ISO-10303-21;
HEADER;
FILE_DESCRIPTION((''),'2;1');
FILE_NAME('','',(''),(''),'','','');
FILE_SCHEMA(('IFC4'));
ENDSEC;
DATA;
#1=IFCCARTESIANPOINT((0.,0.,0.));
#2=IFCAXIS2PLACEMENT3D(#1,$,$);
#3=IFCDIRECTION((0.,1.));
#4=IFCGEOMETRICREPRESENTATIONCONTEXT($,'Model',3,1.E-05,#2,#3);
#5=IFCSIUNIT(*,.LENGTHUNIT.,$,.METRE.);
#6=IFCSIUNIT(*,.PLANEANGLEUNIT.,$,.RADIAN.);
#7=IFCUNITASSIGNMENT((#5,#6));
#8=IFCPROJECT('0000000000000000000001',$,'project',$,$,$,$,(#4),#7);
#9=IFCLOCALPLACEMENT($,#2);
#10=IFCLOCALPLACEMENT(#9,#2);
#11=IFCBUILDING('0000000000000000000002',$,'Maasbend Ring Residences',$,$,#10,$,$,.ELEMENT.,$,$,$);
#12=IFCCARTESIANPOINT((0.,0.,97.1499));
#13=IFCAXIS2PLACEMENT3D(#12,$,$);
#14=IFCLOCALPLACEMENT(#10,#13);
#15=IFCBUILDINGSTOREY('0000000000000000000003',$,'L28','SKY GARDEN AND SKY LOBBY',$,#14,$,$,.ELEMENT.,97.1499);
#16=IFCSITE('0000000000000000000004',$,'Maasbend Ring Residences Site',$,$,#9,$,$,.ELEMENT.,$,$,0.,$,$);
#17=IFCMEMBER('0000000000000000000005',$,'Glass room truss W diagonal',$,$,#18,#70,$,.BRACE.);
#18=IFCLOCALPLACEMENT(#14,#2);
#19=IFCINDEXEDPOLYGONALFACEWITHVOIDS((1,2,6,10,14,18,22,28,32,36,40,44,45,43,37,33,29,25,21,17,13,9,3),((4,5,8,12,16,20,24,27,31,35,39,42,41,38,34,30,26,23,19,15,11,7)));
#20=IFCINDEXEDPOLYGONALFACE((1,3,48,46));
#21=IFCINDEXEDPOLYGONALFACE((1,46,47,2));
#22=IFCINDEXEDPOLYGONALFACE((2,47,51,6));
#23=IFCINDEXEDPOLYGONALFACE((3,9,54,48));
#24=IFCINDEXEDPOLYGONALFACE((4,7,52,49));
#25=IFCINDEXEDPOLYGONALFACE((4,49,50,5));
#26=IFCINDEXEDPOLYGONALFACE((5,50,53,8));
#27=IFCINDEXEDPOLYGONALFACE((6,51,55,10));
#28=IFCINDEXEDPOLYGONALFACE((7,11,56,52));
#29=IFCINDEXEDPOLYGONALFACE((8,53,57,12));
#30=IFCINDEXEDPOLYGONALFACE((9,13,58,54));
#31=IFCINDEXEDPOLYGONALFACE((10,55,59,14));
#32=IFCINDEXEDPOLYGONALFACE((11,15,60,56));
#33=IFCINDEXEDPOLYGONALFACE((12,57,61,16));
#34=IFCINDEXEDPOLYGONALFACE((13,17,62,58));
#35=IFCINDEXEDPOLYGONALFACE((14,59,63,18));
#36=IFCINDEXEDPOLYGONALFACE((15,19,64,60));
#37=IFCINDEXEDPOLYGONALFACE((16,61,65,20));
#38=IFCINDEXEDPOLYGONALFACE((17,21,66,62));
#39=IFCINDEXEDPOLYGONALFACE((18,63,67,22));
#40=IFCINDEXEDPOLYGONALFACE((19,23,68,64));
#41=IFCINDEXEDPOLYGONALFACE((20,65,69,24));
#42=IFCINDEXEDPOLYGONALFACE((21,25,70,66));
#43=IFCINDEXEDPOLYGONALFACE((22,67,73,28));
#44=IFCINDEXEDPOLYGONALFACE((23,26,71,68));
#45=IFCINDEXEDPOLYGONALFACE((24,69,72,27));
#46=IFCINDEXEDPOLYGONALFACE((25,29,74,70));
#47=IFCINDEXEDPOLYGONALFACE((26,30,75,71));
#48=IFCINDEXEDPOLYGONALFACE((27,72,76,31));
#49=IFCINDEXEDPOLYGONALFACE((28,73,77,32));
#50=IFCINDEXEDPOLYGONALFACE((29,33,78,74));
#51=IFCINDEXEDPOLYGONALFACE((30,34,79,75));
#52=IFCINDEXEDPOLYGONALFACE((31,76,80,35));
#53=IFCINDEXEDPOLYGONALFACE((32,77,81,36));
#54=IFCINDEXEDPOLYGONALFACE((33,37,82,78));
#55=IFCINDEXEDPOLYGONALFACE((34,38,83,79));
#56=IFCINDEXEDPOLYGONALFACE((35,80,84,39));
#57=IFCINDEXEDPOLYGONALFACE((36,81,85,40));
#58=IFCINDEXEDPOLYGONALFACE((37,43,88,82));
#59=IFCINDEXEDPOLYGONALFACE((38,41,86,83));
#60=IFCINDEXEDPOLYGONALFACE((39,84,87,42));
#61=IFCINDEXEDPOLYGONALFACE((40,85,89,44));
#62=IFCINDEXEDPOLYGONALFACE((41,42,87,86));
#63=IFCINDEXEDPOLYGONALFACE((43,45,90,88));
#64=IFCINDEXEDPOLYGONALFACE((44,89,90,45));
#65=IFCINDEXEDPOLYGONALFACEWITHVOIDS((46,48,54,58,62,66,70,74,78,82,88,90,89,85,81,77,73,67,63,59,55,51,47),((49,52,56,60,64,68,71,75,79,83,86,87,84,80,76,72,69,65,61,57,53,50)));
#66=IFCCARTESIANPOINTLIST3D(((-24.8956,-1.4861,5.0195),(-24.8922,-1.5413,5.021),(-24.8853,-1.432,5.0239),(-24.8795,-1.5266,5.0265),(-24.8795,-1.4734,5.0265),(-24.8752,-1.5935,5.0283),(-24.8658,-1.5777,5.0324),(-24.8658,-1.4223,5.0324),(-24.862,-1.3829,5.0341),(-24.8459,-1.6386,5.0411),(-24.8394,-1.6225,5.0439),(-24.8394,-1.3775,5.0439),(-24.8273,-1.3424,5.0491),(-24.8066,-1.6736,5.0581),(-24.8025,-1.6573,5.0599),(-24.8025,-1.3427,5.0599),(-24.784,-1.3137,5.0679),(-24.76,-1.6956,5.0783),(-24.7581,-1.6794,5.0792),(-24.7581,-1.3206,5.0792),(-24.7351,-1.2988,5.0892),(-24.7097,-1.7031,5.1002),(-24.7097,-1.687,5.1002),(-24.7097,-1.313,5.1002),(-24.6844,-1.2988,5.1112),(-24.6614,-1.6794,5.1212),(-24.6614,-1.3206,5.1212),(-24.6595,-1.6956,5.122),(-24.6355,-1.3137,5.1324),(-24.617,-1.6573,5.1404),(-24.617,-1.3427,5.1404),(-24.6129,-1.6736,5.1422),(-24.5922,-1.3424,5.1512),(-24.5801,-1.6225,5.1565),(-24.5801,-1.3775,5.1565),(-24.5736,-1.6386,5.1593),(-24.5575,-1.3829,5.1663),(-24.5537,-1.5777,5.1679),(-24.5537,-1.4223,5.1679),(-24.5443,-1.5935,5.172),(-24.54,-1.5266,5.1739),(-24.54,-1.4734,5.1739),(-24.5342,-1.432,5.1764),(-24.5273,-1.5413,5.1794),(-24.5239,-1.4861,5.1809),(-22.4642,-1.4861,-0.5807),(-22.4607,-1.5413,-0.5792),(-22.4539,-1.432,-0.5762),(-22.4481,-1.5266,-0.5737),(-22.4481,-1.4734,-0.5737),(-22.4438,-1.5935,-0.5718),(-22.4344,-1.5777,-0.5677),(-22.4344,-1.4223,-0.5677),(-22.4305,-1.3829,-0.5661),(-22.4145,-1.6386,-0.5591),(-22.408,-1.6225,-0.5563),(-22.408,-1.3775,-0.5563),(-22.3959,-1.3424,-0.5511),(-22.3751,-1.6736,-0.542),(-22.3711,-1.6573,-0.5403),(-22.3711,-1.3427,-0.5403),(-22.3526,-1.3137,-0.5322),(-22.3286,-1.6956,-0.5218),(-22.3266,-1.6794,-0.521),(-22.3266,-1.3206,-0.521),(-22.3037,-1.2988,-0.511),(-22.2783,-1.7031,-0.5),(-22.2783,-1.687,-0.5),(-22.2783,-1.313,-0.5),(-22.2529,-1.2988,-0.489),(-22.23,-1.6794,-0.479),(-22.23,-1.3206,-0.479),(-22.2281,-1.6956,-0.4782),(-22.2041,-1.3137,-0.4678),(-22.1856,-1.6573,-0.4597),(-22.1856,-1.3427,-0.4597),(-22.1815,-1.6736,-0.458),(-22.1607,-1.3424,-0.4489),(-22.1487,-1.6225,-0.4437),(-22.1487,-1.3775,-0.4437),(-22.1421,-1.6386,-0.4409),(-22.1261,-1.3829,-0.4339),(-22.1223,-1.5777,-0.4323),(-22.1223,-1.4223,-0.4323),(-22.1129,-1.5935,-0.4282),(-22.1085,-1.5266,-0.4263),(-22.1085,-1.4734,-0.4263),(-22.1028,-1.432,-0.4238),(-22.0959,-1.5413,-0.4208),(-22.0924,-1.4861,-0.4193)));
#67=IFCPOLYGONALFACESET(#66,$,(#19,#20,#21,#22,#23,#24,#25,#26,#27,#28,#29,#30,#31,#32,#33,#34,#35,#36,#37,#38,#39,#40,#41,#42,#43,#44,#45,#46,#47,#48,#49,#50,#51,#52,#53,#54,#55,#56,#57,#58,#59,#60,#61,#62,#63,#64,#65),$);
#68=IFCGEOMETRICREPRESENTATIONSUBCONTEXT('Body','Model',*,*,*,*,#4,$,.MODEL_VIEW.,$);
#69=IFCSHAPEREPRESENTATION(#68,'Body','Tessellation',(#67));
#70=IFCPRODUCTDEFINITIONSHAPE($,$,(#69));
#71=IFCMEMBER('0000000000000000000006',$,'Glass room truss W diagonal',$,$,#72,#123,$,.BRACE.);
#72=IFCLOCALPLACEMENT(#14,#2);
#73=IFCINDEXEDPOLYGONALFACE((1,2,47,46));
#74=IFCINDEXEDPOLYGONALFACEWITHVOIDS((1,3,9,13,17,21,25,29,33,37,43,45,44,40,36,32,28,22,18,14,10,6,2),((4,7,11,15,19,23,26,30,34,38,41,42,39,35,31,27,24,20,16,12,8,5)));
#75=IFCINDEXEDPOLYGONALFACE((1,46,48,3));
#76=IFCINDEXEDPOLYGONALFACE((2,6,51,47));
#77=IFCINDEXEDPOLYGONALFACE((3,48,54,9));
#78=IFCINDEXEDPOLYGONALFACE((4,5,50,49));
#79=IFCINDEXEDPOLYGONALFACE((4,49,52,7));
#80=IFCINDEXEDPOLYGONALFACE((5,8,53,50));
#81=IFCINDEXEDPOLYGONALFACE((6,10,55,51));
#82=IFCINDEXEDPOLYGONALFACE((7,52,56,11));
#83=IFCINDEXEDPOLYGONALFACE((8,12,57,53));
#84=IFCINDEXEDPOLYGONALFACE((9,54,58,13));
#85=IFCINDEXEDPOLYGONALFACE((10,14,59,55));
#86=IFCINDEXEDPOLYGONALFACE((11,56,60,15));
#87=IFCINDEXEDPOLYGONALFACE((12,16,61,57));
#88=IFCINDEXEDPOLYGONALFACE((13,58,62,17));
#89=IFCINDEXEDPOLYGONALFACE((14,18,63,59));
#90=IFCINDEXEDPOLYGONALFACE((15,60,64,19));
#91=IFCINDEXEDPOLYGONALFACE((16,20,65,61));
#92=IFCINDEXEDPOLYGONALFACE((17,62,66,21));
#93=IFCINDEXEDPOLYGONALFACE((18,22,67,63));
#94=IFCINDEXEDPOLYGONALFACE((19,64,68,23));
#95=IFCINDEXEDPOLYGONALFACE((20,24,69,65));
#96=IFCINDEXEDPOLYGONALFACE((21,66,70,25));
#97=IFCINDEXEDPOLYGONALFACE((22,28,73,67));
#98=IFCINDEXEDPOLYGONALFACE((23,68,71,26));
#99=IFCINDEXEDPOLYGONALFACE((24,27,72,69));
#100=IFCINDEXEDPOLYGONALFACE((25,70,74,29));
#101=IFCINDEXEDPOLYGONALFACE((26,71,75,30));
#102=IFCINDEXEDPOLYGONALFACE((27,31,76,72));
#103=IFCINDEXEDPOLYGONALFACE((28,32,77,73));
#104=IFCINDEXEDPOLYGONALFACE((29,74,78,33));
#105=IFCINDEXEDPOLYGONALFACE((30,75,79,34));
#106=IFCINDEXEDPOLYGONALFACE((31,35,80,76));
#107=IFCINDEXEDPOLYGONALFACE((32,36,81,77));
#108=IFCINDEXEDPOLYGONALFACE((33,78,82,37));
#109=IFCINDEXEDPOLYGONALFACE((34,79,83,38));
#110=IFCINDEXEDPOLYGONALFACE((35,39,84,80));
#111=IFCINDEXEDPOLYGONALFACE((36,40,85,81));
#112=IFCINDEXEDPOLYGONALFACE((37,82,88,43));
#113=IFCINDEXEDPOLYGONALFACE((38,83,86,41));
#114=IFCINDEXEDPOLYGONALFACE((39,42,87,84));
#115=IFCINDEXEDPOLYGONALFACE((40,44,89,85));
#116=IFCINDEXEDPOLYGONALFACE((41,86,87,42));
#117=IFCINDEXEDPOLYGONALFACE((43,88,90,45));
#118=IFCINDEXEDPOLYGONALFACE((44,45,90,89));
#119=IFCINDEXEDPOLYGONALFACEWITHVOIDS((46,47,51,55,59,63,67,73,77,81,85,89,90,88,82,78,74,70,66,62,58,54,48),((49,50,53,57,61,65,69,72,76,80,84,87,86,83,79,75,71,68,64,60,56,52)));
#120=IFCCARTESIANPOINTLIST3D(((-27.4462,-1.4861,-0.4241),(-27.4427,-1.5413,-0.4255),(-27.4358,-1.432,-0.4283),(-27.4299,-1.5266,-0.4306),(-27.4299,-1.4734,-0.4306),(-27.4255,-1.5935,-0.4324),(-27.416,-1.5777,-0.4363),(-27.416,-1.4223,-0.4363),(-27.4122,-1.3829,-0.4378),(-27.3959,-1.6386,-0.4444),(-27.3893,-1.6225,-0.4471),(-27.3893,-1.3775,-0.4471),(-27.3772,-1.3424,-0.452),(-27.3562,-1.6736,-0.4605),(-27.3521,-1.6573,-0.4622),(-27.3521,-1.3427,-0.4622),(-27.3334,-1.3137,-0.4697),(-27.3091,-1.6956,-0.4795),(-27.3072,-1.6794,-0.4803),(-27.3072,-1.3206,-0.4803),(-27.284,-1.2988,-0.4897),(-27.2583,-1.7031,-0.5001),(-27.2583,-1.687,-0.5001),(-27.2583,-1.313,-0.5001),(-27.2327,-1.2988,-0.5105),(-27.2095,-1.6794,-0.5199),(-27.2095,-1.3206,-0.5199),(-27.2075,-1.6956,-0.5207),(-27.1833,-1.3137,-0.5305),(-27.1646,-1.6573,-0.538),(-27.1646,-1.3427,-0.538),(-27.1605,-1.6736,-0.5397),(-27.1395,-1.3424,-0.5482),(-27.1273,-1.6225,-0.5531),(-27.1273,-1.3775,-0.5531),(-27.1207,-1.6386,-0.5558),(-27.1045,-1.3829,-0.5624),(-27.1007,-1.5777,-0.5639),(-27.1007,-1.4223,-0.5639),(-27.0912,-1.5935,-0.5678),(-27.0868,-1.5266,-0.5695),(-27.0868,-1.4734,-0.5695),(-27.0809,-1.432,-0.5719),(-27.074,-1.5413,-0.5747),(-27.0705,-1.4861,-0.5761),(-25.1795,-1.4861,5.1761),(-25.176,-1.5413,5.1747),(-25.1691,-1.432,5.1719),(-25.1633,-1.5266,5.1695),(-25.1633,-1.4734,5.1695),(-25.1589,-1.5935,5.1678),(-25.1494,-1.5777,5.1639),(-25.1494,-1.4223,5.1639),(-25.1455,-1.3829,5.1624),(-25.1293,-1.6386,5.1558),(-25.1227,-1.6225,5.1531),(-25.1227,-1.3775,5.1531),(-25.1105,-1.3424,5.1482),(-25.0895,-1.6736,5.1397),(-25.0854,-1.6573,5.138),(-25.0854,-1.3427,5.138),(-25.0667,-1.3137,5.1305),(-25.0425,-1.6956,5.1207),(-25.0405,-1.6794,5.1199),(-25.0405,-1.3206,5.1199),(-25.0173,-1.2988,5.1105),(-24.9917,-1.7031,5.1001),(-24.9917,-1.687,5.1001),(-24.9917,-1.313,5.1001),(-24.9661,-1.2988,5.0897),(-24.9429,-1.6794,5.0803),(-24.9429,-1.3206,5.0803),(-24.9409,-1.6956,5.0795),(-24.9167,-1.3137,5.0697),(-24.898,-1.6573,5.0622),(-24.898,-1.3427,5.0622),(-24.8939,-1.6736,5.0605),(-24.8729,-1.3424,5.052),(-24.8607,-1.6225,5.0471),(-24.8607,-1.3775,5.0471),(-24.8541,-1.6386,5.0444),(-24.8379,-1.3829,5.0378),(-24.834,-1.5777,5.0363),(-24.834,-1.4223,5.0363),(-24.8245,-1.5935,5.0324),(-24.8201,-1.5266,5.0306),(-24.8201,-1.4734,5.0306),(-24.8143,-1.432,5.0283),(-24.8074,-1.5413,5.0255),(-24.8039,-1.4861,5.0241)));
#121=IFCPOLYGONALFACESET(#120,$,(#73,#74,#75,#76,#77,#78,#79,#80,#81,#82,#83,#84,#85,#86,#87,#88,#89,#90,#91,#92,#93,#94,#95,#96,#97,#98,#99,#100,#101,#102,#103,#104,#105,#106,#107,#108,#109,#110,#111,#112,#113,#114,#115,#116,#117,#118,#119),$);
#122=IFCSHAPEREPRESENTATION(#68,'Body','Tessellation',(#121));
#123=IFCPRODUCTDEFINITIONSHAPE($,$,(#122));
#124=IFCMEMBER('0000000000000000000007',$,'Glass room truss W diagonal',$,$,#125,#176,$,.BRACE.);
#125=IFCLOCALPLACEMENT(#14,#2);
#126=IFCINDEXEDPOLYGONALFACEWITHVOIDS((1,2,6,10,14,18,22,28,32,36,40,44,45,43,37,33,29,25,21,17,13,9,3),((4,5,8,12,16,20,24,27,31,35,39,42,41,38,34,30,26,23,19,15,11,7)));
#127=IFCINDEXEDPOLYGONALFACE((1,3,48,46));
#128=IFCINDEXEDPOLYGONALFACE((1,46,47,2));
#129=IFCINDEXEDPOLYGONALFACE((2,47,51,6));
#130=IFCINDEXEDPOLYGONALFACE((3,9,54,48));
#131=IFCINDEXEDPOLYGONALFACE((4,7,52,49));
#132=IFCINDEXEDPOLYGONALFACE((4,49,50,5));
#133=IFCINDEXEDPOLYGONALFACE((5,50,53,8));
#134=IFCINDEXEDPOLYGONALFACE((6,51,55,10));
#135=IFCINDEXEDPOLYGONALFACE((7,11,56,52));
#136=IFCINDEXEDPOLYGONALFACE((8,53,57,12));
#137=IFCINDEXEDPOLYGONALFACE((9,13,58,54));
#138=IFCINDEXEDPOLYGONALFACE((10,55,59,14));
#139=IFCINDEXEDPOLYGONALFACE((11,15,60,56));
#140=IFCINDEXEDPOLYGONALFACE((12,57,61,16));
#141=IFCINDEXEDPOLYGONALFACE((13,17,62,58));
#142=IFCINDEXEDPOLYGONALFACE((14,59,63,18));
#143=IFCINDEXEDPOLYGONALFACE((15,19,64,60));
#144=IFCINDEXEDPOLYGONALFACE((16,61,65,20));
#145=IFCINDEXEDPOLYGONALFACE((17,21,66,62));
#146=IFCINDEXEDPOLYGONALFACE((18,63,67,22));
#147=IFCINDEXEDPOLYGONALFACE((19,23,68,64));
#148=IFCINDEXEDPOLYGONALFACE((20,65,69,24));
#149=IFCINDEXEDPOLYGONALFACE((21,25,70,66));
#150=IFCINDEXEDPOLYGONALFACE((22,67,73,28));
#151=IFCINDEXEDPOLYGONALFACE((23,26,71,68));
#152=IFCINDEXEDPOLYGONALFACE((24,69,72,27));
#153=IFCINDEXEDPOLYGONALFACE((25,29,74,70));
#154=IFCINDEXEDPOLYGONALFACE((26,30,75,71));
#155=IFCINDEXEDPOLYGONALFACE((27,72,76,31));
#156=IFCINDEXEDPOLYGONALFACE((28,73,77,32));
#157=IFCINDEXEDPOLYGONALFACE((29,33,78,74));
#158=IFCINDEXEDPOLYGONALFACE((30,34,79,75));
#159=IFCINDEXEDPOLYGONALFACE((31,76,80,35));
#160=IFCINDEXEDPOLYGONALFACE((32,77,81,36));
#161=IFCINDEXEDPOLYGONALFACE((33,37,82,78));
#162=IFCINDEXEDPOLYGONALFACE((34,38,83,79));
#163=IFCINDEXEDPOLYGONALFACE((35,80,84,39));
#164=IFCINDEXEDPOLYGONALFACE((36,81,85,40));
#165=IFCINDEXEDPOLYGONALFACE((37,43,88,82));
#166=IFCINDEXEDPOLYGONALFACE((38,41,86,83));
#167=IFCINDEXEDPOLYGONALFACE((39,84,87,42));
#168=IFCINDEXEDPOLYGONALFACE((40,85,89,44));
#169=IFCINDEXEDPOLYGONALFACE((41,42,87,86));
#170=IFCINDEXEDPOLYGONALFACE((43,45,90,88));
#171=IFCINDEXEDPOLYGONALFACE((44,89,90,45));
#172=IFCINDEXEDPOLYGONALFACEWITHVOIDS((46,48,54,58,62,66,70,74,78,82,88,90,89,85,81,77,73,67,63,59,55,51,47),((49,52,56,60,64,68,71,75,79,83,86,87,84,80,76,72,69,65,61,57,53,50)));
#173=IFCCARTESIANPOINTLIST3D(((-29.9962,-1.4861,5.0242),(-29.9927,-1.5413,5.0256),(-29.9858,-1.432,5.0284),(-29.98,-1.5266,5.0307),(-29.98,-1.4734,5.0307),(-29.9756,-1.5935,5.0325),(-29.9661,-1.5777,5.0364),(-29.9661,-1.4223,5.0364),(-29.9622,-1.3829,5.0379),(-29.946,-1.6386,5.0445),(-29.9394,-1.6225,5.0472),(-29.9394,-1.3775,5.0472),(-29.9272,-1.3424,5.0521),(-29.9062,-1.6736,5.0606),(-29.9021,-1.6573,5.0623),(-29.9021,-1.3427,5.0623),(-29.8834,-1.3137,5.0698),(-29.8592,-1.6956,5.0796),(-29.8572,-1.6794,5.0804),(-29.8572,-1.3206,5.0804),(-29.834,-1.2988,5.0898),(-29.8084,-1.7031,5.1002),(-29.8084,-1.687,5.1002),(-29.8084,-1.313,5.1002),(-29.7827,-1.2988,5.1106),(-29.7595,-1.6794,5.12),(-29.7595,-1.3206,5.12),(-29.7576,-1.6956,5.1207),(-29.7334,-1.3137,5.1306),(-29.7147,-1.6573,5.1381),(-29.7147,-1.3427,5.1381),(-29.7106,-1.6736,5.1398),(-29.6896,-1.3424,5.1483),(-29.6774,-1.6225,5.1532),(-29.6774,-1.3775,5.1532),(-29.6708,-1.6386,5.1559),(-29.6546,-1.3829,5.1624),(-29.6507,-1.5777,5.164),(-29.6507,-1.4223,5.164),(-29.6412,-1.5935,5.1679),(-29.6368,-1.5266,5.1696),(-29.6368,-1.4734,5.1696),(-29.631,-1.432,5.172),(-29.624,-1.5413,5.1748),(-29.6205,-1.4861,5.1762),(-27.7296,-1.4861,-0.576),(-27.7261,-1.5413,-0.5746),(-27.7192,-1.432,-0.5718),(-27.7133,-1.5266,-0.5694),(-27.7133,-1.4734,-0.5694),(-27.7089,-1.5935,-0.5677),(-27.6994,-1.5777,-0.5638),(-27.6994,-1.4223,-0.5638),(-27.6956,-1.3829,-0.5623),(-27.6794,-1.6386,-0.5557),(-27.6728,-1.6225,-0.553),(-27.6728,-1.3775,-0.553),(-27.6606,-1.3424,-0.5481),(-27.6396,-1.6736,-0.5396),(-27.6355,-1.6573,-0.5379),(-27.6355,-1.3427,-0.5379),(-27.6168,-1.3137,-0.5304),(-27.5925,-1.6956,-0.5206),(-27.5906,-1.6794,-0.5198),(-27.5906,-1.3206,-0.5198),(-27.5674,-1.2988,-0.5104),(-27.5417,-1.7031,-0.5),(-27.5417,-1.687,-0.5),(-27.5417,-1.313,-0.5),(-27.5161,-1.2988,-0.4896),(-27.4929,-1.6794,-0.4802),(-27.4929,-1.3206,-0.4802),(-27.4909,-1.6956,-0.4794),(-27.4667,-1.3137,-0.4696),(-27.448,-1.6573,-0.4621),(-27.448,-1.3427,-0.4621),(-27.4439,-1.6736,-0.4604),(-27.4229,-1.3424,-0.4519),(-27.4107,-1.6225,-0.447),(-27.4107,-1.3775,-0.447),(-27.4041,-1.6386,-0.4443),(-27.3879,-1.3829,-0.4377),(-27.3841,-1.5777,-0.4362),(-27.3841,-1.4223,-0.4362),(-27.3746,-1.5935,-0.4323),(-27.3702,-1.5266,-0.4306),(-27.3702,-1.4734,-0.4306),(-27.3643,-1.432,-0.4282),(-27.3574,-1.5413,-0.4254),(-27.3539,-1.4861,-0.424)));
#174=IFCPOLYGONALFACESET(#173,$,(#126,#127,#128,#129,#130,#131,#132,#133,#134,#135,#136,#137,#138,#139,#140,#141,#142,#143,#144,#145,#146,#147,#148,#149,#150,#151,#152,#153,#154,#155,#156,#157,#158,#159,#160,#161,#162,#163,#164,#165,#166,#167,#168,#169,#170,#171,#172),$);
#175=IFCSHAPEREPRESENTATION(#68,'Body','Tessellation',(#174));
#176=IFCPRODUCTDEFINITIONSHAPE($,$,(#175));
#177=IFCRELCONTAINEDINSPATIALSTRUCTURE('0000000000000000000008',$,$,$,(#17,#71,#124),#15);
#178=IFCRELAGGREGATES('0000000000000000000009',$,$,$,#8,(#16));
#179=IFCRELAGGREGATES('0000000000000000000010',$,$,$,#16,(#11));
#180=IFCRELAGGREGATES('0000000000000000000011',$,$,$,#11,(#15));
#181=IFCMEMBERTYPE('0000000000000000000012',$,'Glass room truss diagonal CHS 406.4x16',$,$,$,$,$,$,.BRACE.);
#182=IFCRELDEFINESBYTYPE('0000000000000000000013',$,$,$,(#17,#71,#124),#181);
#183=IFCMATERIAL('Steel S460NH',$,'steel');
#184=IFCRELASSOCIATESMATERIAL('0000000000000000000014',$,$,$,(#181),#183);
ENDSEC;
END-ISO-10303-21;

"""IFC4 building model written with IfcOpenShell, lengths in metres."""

from ifc_helpers import new_model, si_unit, direction, frame, origin, origin_2d, place, context, subcontext, project, spatial, hollow_circle, extrude, material, material_profile, profile_set, type_object, element, save


model = new_model("IFC4")

# Units and contexts
model_context = context("Model", 3, precision=1e-05, world=origin(), true_north=direction((0.0, 1.0)))
body_context = subcontext(model_context, "Body", "Model", "MODEL_VIEW")
ifc_project = project(units=[si_unit("LENGTHUNIT", "METRE"), si_unit("PLANEANGLEUNIT", "RADIAN")], contexts=[model_context])

# Site, building, storey
site_placement = place(None, origin())
site = spatial("IfcSite", under=ifc_project, at=site_placement, Name="Maasbend Ring Residences Site", CompositionType="ELEMENT", RefElevation=0.0)
building_placement = place(site_placement, origin())
building = spatial("IfcBuilding", under=site, at=building_placement, Name="Maasbend Ring Residences", CompositionType="ELEMENT")
storey_placement = place(building_placement, frame((0.0, 0.0, 97.1499)))
storey = spatial("IfcBuildingStorey", under=building, at=storey_placement, Name="L28", Description="SKY GARDEN AND SKY LOBBY", CompositionType="ELEMENT", Elevation=97.1499)

# Members
ifc_material_1 = material(Name="Steel S460NH", Category="steel")
ifc_material_profile_1 = material_profile(ifc_material_1, hollow_circle(Radius=0.2031, WallThickness=0.0161, at=origin_2d()), Name="Glass room truss diagonal CHS 406.4x16")
ifc_profile_set_1 = profile_set([ifc_material_profile_1], Name="Steel S460NH")
member_type_1 = type_object("IfcMemberType", Name="Glass room truss diagonal CHS 406.4x16", PredefinedType="BRACE", material=ifc_profile_set_1)
member_1_placement = place(storey_placement, frame((-22.2783, -1.5, -0.5), z_axis=(-0.398254, 0.0, 0.917275), x_axis=(0.0, -1.0, 0.0)))
element("IfcMember", 1, at=member_1_placement, inside=storey, type_object=member_type_1, Name="Glass room truss W diagonal", PredefinedType="BRACE", context=body_context, shape_type="SweptSolid", body=[
    extrude(hollow_circle(Radius=0.2031, WallThickness=0.0161, at=origin_2d()), origin(), (0.0, 0.0, 1.0), 6.1052),
])
for number, where, z_axis, x_axis, name in (
    (2, (-24.9917, -1.5, 5.1001), (-0.375178, 0.0, -0.926953), (0.0, -1.0, 0.0), "Glass room truss W diagonal"),
    (3, (-27.5417, -1.5, -0.5), (-0.375178, 0.0, 0.926953), (0.0, -1.0, 0.0), "Glass room truss W diagonal"),
):
    element("IfcMember", number, at=place(storey_placement, frame(where, z_axis=z_axis, x_axis=x_axis)), inside=storey, type_object=member_type_1, Name=name, PredefinedType="BRACE", context=body_context, shape_type="SweptSolid", body=[
        extrude(hollow_circle(Radius=0.2031, WallThickness=0.0161, at=origin_2d()), origin(), (0.0, 0.0, 1.0), 6.0415),
    ])

save(model, "model.ifc")
